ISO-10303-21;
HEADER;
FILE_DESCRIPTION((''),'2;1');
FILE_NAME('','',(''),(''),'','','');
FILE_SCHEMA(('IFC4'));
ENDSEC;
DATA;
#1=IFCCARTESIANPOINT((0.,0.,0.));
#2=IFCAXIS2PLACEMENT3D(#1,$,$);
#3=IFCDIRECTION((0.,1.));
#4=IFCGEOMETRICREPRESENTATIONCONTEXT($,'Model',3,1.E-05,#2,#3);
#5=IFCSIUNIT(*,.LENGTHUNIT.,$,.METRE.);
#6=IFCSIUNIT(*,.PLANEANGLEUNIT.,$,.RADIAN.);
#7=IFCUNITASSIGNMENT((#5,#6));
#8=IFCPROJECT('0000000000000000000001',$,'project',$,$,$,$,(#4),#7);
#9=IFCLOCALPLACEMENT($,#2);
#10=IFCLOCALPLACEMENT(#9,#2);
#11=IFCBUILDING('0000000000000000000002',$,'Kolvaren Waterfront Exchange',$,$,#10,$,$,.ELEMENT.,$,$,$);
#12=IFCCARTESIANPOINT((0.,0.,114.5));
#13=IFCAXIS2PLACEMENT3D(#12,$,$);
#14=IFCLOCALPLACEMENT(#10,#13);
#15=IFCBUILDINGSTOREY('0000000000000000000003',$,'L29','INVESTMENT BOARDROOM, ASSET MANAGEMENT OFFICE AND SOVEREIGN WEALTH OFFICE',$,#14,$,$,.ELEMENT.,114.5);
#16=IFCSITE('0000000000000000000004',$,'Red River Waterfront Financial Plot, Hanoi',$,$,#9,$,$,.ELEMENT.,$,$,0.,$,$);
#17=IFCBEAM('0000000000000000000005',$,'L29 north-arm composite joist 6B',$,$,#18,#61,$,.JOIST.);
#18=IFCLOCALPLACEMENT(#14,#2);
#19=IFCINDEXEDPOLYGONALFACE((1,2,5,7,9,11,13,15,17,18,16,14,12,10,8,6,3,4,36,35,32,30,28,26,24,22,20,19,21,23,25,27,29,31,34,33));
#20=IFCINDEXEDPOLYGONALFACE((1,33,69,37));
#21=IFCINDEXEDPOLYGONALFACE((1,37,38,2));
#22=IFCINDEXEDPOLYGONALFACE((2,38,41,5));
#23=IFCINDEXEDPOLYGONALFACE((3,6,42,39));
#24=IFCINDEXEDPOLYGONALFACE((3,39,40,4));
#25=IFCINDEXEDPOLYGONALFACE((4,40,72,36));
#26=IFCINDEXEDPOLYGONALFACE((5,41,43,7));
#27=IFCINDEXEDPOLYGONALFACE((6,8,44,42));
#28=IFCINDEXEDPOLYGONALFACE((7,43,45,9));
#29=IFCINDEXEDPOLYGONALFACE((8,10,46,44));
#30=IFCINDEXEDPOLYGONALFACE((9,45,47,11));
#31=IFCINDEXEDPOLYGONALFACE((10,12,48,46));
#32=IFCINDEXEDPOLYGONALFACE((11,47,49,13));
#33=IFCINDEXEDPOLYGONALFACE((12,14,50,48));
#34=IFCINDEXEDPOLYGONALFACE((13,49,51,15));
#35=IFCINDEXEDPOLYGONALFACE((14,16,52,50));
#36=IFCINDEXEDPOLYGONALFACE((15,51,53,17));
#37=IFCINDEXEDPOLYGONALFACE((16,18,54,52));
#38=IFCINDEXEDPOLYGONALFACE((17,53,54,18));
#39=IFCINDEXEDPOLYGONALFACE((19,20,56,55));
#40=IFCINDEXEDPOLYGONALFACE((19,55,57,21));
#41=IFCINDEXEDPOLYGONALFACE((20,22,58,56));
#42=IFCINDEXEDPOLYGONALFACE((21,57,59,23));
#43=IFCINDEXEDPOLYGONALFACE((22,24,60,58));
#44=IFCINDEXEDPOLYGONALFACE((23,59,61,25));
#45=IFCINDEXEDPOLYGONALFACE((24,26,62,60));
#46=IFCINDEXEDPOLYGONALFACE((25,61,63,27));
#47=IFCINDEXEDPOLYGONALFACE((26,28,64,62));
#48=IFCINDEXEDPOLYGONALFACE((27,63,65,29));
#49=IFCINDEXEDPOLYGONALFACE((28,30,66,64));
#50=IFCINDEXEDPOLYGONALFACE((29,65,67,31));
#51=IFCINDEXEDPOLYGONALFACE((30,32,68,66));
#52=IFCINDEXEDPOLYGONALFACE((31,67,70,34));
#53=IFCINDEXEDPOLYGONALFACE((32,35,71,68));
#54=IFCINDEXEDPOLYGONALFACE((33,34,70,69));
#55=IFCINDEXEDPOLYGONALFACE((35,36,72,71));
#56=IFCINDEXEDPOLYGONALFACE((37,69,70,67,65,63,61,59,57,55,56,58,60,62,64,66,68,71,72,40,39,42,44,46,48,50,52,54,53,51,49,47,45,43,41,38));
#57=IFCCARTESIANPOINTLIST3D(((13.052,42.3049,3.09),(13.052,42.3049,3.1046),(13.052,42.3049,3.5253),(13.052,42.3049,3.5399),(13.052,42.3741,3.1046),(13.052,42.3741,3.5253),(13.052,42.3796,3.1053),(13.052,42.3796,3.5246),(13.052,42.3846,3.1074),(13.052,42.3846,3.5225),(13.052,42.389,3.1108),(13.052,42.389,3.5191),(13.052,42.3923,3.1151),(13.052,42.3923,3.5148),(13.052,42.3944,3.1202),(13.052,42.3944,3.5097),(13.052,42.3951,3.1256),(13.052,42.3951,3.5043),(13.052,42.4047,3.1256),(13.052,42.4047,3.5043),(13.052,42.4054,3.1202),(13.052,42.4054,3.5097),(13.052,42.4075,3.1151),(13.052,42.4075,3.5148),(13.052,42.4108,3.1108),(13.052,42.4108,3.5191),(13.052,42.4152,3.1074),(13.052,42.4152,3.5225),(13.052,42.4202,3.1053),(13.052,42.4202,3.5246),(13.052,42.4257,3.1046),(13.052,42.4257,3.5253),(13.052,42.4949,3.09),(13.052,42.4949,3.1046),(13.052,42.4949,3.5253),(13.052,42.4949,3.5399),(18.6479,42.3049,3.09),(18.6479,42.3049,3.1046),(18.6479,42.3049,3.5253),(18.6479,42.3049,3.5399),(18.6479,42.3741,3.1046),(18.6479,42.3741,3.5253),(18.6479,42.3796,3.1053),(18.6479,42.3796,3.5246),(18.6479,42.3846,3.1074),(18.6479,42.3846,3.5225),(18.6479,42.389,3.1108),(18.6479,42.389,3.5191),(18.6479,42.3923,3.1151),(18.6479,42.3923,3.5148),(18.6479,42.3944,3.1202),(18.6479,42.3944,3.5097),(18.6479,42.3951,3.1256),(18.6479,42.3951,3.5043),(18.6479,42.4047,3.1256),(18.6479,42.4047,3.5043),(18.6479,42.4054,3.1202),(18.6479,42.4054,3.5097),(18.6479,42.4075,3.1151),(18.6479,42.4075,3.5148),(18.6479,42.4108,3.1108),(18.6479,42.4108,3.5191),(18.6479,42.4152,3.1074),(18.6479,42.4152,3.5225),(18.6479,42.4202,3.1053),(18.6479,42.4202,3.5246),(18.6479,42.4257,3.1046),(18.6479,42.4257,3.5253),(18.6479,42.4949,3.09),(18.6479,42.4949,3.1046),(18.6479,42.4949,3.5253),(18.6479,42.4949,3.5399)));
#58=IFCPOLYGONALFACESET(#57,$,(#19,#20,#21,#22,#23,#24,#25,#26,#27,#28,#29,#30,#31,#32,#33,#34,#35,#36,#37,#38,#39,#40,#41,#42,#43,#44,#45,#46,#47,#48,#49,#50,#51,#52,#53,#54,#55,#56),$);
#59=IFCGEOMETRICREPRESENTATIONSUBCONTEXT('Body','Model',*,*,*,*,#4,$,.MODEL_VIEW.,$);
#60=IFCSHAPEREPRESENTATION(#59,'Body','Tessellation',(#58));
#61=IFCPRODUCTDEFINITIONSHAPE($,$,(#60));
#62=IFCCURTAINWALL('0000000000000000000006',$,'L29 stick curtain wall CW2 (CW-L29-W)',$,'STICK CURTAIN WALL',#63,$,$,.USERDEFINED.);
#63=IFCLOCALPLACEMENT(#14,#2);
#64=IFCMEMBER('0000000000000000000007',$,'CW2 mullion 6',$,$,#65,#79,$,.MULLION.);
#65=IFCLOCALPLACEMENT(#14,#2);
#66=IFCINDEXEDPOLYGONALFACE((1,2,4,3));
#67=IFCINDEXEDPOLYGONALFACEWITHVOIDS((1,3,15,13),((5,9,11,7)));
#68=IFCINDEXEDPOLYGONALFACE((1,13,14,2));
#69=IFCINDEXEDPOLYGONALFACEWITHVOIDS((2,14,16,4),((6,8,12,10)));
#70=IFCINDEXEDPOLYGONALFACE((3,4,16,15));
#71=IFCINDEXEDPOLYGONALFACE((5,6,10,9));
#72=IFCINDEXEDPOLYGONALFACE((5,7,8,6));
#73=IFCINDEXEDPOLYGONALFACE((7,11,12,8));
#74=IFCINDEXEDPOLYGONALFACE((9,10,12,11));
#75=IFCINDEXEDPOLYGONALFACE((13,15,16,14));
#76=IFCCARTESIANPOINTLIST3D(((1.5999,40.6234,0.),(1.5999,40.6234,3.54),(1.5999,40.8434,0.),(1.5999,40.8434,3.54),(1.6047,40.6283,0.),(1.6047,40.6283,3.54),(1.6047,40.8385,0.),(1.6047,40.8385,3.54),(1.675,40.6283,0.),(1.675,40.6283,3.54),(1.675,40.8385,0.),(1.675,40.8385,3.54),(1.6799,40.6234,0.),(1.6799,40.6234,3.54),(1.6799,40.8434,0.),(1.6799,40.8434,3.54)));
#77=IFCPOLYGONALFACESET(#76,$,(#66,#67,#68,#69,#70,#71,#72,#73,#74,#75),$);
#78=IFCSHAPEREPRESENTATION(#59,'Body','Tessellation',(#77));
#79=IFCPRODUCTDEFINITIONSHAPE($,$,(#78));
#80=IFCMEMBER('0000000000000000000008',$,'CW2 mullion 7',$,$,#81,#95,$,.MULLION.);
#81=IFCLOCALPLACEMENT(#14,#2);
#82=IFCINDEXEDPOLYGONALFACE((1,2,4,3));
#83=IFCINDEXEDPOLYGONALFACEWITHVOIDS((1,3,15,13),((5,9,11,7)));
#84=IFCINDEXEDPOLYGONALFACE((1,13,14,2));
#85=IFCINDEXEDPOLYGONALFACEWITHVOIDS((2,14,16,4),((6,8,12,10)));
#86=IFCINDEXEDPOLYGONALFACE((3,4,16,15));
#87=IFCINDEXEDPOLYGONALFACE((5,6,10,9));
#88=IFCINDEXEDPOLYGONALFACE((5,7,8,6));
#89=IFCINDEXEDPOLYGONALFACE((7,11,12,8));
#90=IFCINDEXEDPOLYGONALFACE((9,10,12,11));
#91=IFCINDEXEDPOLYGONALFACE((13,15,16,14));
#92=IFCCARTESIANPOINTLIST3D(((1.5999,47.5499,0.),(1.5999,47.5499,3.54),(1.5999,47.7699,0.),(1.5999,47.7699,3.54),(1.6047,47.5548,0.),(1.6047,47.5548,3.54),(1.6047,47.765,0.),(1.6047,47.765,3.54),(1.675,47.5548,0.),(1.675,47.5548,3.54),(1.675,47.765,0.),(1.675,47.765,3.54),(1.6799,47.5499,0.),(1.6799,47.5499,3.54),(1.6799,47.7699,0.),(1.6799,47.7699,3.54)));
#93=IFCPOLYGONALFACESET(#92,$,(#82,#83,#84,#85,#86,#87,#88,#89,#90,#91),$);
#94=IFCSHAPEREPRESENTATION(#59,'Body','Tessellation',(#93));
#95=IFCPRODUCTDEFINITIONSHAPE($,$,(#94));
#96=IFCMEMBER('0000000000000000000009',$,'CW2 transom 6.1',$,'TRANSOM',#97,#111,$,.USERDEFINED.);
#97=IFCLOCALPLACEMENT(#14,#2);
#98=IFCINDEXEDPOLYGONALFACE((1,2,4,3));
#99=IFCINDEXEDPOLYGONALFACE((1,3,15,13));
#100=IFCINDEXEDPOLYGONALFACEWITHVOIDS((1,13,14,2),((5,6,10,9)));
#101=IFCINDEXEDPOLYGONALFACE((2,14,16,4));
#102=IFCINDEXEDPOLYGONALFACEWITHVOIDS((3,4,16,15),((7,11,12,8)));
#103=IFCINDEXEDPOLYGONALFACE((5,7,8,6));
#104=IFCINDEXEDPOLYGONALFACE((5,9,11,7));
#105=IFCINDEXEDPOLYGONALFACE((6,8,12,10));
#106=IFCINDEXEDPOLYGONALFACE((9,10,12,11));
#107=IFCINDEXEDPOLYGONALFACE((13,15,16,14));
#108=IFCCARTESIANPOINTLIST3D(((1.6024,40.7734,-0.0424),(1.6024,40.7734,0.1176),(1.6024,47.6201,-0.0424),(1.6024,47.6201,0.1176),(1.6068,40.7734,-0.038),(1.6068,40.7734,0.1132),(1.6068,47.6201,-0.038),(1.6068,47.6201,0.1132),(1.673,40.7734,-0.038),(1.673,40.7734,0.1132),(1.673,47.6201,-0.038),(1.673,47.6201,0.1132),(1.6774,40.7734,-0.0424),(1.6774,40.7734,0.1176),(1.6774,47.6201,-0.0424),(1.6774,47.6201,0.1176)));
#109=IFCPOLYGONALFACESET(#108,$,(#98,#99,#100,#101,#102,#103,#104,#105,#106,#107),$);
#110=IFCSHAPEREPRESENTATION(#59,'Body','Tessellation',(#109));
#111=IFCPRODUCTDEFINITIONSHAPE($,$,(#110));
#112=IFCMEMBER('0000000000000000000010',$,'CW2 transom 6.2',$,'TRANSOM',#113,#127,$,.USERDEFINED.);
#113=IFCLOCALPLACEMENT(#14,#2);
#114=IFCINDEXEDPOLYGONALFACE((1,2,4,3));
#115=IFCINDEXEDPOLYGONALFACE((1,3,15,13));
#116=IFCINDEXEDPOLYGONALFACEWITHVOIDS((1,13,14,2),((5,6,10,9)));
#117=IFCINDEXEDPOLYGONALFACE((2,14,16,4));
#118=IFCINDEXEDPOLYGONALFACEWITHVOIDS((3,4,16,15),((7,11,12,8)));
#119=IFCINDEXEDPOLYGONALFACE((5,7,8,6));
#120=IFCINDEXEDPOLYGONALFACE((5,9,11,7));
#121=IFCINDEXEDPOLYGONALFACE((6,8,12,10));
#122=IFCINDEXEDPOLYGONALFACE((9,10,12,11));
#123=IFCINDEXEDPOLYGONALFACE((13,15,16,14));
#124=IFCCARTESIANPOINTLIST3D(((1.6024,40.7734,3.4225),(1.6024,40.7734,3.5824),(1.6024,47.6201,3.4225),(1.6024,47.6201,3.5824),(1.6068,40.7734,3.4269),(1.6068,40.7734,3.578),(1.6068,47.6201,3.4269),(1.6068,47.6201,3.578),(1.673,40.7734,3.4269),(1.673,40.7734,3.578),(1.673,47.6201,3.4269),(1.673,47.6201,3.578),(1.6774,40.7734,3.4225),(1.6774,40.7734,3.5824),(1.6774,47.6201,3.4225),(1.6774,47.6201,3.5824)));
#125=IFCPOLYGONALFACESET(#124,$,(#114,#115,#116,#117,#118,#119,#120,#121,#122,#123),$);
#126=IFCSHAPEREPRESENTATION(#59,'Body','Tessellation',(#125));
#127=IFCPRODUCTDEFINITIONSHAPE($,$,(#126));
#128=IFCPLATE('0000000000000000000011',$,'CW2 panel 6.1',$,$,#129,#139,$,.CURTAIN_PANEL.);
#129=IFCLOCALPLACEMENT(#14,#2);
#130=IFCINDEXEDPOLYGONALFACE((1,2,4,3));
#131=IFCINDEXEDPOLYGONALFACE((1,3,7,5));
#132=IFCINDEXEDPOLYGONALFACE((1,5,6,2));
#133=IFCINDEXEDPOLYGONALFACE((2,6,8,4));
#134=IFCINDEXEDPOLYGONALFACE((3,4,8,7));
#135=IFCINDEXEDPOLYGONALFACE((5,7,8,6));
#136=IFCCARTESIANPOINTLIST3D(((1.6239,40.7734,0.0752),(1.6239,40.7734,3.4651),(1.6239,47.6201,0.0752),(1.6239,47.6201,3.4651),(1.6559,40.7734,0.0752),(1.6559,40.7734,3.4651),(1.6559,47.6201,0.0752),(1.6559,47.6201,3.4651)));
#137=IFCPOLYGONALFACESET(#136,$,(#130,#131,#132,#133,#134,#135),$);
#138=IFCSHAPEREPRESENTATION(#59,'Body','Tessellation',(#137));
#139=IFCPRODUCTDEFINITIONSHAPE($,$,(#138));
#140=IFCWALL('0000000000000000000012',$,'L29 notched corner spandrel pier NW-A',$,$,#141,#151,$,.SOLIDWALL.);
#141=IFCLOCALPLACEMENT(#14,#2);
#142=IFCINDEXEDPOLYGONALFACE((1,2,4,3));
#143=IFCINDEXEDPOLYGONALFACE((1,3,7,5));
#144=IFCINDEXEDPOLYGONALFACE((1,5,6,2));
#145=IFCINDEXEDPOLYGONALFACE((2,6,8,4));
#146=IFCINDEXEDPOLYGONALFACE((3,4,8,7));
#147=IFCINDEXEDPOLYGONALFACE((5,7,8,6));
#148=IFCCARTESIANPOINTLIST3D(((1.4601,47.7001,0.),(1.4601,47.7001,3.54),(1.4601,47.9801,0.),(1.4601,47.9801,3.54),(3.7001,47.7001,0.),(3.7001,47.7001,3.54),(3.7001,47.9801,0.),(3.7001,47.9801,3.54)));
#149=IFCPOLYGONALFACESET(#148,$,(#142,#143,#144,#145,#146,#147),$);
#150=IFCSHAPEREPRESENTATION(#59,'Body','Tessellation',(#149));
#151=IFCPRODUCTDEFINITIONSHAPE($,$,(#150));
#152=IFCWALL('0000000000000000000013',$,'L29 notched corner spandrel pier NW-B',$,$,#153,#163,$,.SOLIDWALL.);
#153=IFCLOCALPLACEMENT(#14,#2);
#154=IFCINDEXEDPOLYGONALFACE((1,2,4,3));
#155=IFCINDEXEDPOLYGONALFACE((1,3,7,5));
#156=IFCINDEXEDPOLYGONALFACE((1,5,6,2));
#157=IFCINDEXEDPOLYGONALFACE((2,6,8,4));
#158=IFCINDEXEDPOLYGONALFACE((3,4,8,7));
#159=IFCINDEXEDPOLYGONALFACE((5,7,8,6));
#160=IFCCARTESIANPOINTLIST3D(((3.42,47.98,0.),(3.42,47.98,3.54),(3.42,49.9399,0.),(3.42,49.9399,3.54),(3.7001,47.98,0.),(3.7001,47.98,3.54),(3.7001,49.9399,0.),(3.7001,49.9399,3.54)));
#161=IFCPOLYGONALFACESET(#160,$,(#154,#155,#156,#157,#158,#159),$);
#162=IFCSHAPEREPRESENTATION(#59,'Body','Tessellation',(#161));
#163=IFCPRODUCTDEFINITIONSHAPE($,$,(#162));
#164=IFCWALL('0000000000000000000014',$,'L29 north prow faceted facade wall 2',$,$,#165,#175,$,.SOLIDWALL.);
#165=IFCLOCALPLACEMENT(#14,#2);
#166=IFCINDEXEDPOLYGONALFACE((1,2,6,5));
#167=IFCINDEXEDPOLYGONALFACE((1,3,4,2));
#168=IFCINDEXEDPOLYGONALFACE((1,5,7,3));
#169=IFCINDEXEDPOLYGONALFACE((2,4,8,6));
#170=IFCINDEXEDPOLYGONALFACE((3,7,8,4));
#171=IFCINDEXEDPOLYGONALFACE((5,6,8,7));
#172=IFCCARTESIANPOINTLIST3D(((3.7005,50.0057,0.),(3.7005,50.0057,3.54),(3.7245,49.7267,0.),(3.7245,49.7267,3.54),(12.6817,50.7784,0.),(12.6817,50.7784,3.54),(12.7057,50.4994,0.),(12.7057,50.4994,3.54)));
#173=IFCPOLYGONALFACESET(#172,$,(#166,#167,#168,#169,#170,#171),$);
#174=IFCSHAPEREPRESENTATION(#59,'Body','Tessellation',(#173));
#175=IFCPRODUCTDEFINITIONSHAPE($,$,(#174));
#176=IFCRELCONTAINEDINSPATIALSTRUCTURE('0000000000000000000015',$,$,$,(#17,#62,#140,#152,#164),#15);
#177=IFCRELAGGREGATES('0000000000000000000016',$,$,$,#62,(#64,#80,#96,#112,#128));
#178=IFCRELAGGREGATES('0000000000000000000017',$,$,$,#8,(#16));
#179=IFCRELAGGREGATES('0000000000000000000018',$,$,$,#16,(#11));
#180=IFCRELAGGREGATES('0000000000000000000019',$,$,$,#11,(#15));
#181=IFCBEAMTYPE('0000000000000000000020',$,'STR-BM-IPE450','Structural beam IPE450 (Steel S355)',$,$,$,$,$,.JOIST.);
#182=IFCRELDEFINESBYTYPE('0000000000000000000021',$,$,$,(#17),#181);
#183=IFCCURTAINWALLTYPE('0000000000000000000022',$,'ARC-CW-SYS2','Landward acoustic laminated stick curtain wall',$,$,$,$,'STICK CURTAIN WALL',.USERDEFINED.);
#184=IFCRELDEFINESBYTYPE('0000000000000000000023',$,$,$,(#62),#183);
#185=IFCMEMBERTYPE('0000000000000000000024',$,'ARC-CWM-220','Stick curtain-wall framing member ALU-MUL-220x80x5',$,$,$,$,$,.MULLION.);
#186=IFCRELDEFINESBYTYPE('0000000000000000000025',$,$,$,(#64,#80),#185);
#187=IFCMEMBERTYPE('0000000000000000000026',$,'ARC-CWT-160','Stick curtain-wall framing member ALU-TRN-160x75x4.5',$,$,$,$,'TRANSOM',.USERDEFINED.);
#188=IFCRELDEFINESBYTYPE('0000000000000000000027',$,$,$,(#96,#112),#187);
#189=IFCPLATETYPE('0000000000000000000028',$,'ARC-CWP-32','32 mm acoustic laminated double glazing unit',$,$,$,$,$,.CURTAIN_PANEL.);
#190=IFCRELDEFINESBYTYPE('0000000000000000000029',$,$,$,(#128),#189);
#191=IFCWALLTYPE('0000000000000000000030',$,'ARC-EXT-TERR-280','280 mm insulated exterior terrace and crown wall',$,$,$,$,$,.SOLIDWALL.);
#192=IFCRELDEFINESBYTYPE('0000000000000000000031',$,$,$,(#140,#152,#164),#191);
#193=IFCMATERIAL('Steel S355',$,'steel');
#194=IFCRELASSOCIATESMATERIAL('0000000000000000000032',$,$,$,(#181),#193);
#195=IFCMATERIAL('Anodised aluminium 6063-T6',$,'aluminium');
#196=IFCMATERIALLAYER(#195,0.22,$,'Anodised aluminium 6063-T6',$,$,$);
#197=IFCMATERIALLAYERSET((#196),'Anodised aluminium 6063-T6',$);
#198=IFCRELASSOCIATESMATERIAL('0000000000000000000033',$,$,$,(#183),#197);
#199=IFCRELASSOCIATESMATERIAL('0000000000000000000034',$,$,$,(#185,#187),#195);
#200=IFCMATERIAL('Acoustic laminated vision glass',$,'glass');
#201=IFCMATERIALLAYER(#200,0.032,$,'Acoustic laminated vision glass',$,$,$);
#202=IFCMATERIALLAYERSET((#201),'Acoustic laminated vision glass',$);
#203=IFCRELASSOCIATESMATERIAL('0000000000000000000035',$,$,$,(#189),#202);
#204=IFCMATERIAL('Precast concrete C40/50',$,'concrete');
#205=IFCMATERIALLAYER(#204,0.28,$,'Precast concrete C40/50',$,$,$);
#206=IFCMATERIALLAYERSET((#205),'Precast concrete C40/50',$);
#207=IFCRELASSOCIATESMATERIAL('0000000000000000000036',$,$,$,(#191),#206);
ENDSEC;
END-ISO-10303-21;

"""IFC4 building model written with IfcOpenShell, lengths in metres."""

from ifc_helpers import new_model, si_unit, direction, frame, frame_2d, origin, origin_with_axes, origin_2d, place, context, subcontext, project, spatial, rectangle, hollow_rectangle, i_section, extrude, source, transform, mapped, material, layer, layer_set, material_profile, profile_set, type_object, element, aggregate, save


model = new_model("IFC4")

# Units and contexts
model_context = context("Model", 3, precision=1e-05, world=origin(), true_north=direction((0.0, 1.0)))
body_context = subcontext(model_context, "Body", "Model", "MODEL_VIEW")
ifc_project = project(units=[si_unit("LENGTHUNIT", "METRE"), si_unit("PLANEANGLEUNIT", "RADIAN")], contexts=[model_context])

# Site, building, storey
site_placement = place(None, origin())
site = spatial("IfcSite", under=ifc_project, at=site_placement, Name="Red River Waterfront Financial Plot, Hanoi", CompositionType="ELEMENT", RefElevation=0.0)
building_placement = place(site_placement, origin())
building = spatial("IfcBuilding", under=site, at=building_placement, Name="Kolvaren Waterfront Exchange", CompositionType="ELEMENT")
storey_placement = place(building_placement, frame((0.0, 0.0, 114.5)))
storey = spatial("IfcBuildingStorey", under=building, at=storey_placement, Name="L29", Description="INVESTMENT BOARDROOM, ASSET MANAGEMENT OFFICE AND SOVEREIGN WEALTH OFFICE", CompositionType="ELEMENT", Elevation=114.5)

# Beam
ifc_material_1 = material(Name="Steel S355", Category="steel")
ifc_material_profile_1 = material_profile(ifc_material_1, i_section(OverallWidth=0.1899, OverallDepth=0.45, WebThickness=0.0095, FlangeThickness=0.0146, FilletRadius=0.021, at=origin_2d()), Name="IPE450")
ifc_profile_set_1 = profile_set([ifc_material_profile_1], Name="Steel S355")
beam_type_1 = type_object("IfcBeamType", Name="STR-BM-IPE450", Description="Structural beam IPE450 (Steel S355)", PredefinedType="JOIST", material=ifc_profile_set_1)
beam_1_placement = place(storey_placement, frame((13.052, 42.3999, 3.3149), z_axis=(1.0, 0.0, 0.0), x_axis=(0.0, 1.0, 0.0)))
element("IfcBeam", 1, at=beam_1_placement, inside=storey, type_object=beam_type_1, Name="L29 north-arm composite joist 6B", PredefinedType="JOIST", context=body_context, shape_type="SweptSolid", body=[
    extrude(i_section(OverallWidth=0.1899, OverallDepth=0.45, WebThickness=0.0095, FlangeThickness=0.0146, FilletRadius=0.021, at=origin_2d()), origin(), (0.0, 0.0, 1.0), 5.5959),
])

# Curtain wall, members, plate
ifc_material_2 = material(Name="Anodised aluminium 6063-T6", Category="aluminium")
ifc_layer_1 = layer(ifc_material_2, 0.22, Name="Anodised aluminium 6063-T6")
ifc_layer_set_1 = layer_set([ifc_layer_1], Name="Anodised aluminium 6063-T6")
curtain_wall_type = type_object("IfcCurtainWallType", Name="ARC-CW-SYS2", Description="Landward acoustic laminated stick curtain wall", ElementType="STICK CURTAIN WALL", PredefinedType="USERDEFINED", material=ifc_layer_set_1)
curtain_wall_placement = place(storey_placement, origin())
curtain_wall = element("IfcCurtainWall", 2, at=curtain_wall_placement, inside=storey, type_object=curtain_wall_type, Name="L29 stick curtain wall CW2 (CW-L29-W)", ObjectType="STICK CURTAIN WALL", PredefinedType="USERDEFINED")
ifc_material_profile_2 = material_profile(ifc_material_2, hollow_rectangle(XDim=0.0801, YDim=0.22, WallThickness=0.0049, at=origin_2d()), Name="ALU-MUL-220x80x5")
ifc_profile_set_2 = profile_set([ifc_material_profile_2], Name="Anodised aluminium 6063-T6")
member_type_1 = type_object("IfcMemberType", Name="ARC-CWM-220", Description="Stick curtain-wall framing member ALU-MUL-220x80x5", PredefinedType="MULLION", material=ifc_profile_set_2)
shared_shape_1 = source(origin_with_axes(), body_context, "Body", "SweptSolid", [
    extrude(hollow_rectangle(XDim=0.0801, YDim=0.22, WallThickness=0.0049, at=origin_2d()), origin(), (0.0, 0.0, 1.0), 3.54),
])
member_1_placement = place(storey_placement, frame((1.6399, 40.7334, 0.0), z_axis=(0.0, 0.0, 1.0), x_axis=(-1.0, 0.0, 0.0)))
member_1 = element("IfcMember", 3, at=member_1_placement, type_object=member_type_1, Name="CW2 mullion 6", PredefinedType="MULLION", context=body_context, shape_type="MappedRepresentation", body=[
    mapped(shared_shape_1, transform((0.0, 0.0, 0.0), x_axis=(1.0, 0.0, 0.0), y_axis=(0.0, 1.0, 0.0), z_axis=(0.0, 0.0, 1.0), scale=1.0)),
])
member_2_placement = place(storey_placement, frame((1.6399, 47.6599, 0.0), z_axis=(0.0, 0.0, 1.0), x_axis=(-1.0, 0.0, 0.0)))
member_2 = element("IfcMember", 4, at=member_2_placement, type_object=member_type_1, Name="CW2 mullion 7", PredefinedType="MULLION", context=body_context, shape_type="MappedRepresentation", body=[
    mapped(shared_shape_1, transform((0.0, 0.0, 0.0), x_axis=(1.0, 0.0, 0.0), y_axis=(0.0, 1.0, 0.0), z_axis=(0.0, 0.0, 1.0), scale=1.0)),
])
ifc_material_profile_3 = material_profile(ifc_material_2, hollow_rectangle(XDim=0.075, YDim=0.1599, WallThickness=0.0044, at=origin_2d()), Name="ALU-TRN-160x75x4.5")
ifc_profile_set_3 = profile_set([ifc_material_profile_3], Name="Anodised aluminium 6063-T6")
member_type_2 = type_object("IfcMemberType", Name="ARC-CWT-160", Description="Stick curtain-wall framing member ALU-TRN-160x75x4.5", ElementType="TRANSOM", PredefinedType="USERDEFINED", material=ifc_profile_set_3)
shared_shape_2 = source(origin_with_axes(), body_context, "Body", "SweptSolid", [
    extrude(hollow_rectangle(XDim=0.075, YDim=0.1599, WallThickness=0.0044, at=origin_2d()), origin(), (0.0, 0.0, 1.0), 6.8467),
])
member_3_placement = place(storey_placement, frame((1.6399, 40.7734, 0.0376), z_axis=(0.0, 1.0, 0.0), x_axis=(-1.0, 0.0, 0.0)))
member_3 = element("IfcMember", 5, at=member_3_placement, type_object=member_type_2, Name="CW2 transom 6.1", ObjectType="TRANSOM", PredefinedType="USERDEFINED", context=body_context, shape_type="MappedRepresentation", body=[
    mapped(shared_shape_2, transform((0.0, 0.0, 0.0), x_axis=(1.0, 0.0, 0.0), y_axis=(0.0, 1.0, 0.0), z_axis=(0.0, 0.0, 1.0), scale=1.0)),
])
member_4_placement = place(storey_placement, frame((1.6399, 40.7734, 3.5024), z_axis=(0.0, 1.0, 0.0), x_axis=(-1.0, 0.0, 0.0)))
member_4 = element("IfcMember", 6, at=member_4_placement, type_object=member_type_2, Name="CW2 transom 6.2", ObjectType="TRANSOM", PredefinedType="USERDEFINED", context=body_context, shape_type="MappedRepresentation", body=[
    mapped(shared_shape_2, transform((0.0, 0.0, 0.0), x_axis=(1.0, 0.0, 0.0), y_axis=(0.0, 1.0, 0.0), z_axis=(0.0, 0.0, 1.0), scale=1.0)),
])
ifc_material_3 = material(Name="Acoustic laminated vision glass", Category="glass")
ifc_layer_2 = layer(ifc_material_3, 0.032, Name="Acoustic laminated vision glass")
ifc_layer_set_2 = layer_set([ifc_layer_2], Name="Acoustic laminated vision glass")
plate_type = type_object("IfcPlateType", Name="ARC-CWP-32", Description="32 mm acoustic laminated double glazing unit", PredefinedType="CURTAIN_PANEL", material=ifc_layer_set_2)
shared_shape_3 = source(origin_with_axes(), body_context, "Body", "SweptSolid", [
    extrude(rectangle(XDim=6.8467, YDim=0.032, at=origin_2d()), origin(), (0.0, 0.0, 1.0), 3.3899),
])
plate_placement = place(storey_placement, frame((1.6399, 44.1968, 0.0752), z_axis=(0.0, 0.0, 1.0), x_axis=(0.0, 1.0, 0.0)))
plate = element("IfcPlate", 7, at=plate_placement, type_object=plate_type, Name="CW2 panel 6.1", PredefinedType="CURTAIN_PANEL", context=body_context, shape_type="MappedRepresentation", body=[
    mapped(shared_shape_3, transform((0.0, 0.0, 0.0), x_axis=(1.0, 0.0, 0.0), y_axis=(0.0, 1.0, 0.0), z_axis=(0.0, 0.0, 1.0), scale=1.0)),
])
aggregate(curtain_wall, [member_1, member_2, member_3, member_4, plate])

# Walls
ifc_material_4 = material(Name="Precast concrete C40/50", Category="concrete")
ifc_layer_3 = layer(ifc_material_4, 0.28, Name="Precast concrete C40/50")
ifc_layer_set_3 = layer_set([ifc_layer_3], Name="Precast concrete C40/50")
wall_type_1 = type_object("IfcWallType", Name="ARC-EXT-TERR-280", Description="280 mm insulated exterior terrace and crown wall", PredefinedType="SOLIDWALL", material=ifc_layer_set_3)
wall_1_placement = place(storey_placement, frame((1.46, 47.8401, 0.0), z_axis=(0.0, 0.0, 1.0), x_axis=(1.0, 0.0, 0.0)))
element("IfcWall", 8, at=wall_1_placement, inside=storey, type_object=wall_type_1, Name="L29 notched corner spandrel pier NW-A", PredefinedType="SOLIDWALL", context=body_context, shape_type="SweptSolid", body=[
    extrude(rectangle(XDim=2.24, YDim=0.28, at=frame_2d((1.1201, 0.0))), origin(), (0.0, 0.0, 1.0), 3.54),
])
wall_2_placement = place(storey_placement, frame((3.5601, 47.98, 0.0), z_axis=(0.0, 0.0, 1.0), x_axis=(0.0, 1.0, 0.0)))
element("IfcWall", 9, at=wall_2_placement, inside=storey, type_object=wall_type_1, Name="L29 notched corner spandrel pier NW-B", PredefinedType="SOLIDWALL", context=body_context, shape_type="SweptSolid", body=[
    extrude(rectangle(XDim=1.96, YDim=0.28, at=frame_2d((0.98, 0.0))), origin(), (0.0, 0.0, 1.0), 3.54),
])
wall_3_placement = place(storey_placement, frame((12.6938, 50.6389, 0.0), z_axis=(0.0, 0.0, 1.0), x_axis=(-0.996319, -0.085719, 0.0)))
element("IfcWall", 10, at=wall_3_placement, inside=storey, type_object=wall_type_1, Name="L29 north prow faceted facade wall 2", PredefinedType="SOLIDWALL", context=body_context, shape_type="SweptSolid", body=[
    extrude(rectangle(XDim=9.0144, YDim=0.28, at=frame_2d((4.5073, 0.0))), origin(), (0.0, 0.0, 1.0), 3.54),
])

save(model, "model.ifc")
